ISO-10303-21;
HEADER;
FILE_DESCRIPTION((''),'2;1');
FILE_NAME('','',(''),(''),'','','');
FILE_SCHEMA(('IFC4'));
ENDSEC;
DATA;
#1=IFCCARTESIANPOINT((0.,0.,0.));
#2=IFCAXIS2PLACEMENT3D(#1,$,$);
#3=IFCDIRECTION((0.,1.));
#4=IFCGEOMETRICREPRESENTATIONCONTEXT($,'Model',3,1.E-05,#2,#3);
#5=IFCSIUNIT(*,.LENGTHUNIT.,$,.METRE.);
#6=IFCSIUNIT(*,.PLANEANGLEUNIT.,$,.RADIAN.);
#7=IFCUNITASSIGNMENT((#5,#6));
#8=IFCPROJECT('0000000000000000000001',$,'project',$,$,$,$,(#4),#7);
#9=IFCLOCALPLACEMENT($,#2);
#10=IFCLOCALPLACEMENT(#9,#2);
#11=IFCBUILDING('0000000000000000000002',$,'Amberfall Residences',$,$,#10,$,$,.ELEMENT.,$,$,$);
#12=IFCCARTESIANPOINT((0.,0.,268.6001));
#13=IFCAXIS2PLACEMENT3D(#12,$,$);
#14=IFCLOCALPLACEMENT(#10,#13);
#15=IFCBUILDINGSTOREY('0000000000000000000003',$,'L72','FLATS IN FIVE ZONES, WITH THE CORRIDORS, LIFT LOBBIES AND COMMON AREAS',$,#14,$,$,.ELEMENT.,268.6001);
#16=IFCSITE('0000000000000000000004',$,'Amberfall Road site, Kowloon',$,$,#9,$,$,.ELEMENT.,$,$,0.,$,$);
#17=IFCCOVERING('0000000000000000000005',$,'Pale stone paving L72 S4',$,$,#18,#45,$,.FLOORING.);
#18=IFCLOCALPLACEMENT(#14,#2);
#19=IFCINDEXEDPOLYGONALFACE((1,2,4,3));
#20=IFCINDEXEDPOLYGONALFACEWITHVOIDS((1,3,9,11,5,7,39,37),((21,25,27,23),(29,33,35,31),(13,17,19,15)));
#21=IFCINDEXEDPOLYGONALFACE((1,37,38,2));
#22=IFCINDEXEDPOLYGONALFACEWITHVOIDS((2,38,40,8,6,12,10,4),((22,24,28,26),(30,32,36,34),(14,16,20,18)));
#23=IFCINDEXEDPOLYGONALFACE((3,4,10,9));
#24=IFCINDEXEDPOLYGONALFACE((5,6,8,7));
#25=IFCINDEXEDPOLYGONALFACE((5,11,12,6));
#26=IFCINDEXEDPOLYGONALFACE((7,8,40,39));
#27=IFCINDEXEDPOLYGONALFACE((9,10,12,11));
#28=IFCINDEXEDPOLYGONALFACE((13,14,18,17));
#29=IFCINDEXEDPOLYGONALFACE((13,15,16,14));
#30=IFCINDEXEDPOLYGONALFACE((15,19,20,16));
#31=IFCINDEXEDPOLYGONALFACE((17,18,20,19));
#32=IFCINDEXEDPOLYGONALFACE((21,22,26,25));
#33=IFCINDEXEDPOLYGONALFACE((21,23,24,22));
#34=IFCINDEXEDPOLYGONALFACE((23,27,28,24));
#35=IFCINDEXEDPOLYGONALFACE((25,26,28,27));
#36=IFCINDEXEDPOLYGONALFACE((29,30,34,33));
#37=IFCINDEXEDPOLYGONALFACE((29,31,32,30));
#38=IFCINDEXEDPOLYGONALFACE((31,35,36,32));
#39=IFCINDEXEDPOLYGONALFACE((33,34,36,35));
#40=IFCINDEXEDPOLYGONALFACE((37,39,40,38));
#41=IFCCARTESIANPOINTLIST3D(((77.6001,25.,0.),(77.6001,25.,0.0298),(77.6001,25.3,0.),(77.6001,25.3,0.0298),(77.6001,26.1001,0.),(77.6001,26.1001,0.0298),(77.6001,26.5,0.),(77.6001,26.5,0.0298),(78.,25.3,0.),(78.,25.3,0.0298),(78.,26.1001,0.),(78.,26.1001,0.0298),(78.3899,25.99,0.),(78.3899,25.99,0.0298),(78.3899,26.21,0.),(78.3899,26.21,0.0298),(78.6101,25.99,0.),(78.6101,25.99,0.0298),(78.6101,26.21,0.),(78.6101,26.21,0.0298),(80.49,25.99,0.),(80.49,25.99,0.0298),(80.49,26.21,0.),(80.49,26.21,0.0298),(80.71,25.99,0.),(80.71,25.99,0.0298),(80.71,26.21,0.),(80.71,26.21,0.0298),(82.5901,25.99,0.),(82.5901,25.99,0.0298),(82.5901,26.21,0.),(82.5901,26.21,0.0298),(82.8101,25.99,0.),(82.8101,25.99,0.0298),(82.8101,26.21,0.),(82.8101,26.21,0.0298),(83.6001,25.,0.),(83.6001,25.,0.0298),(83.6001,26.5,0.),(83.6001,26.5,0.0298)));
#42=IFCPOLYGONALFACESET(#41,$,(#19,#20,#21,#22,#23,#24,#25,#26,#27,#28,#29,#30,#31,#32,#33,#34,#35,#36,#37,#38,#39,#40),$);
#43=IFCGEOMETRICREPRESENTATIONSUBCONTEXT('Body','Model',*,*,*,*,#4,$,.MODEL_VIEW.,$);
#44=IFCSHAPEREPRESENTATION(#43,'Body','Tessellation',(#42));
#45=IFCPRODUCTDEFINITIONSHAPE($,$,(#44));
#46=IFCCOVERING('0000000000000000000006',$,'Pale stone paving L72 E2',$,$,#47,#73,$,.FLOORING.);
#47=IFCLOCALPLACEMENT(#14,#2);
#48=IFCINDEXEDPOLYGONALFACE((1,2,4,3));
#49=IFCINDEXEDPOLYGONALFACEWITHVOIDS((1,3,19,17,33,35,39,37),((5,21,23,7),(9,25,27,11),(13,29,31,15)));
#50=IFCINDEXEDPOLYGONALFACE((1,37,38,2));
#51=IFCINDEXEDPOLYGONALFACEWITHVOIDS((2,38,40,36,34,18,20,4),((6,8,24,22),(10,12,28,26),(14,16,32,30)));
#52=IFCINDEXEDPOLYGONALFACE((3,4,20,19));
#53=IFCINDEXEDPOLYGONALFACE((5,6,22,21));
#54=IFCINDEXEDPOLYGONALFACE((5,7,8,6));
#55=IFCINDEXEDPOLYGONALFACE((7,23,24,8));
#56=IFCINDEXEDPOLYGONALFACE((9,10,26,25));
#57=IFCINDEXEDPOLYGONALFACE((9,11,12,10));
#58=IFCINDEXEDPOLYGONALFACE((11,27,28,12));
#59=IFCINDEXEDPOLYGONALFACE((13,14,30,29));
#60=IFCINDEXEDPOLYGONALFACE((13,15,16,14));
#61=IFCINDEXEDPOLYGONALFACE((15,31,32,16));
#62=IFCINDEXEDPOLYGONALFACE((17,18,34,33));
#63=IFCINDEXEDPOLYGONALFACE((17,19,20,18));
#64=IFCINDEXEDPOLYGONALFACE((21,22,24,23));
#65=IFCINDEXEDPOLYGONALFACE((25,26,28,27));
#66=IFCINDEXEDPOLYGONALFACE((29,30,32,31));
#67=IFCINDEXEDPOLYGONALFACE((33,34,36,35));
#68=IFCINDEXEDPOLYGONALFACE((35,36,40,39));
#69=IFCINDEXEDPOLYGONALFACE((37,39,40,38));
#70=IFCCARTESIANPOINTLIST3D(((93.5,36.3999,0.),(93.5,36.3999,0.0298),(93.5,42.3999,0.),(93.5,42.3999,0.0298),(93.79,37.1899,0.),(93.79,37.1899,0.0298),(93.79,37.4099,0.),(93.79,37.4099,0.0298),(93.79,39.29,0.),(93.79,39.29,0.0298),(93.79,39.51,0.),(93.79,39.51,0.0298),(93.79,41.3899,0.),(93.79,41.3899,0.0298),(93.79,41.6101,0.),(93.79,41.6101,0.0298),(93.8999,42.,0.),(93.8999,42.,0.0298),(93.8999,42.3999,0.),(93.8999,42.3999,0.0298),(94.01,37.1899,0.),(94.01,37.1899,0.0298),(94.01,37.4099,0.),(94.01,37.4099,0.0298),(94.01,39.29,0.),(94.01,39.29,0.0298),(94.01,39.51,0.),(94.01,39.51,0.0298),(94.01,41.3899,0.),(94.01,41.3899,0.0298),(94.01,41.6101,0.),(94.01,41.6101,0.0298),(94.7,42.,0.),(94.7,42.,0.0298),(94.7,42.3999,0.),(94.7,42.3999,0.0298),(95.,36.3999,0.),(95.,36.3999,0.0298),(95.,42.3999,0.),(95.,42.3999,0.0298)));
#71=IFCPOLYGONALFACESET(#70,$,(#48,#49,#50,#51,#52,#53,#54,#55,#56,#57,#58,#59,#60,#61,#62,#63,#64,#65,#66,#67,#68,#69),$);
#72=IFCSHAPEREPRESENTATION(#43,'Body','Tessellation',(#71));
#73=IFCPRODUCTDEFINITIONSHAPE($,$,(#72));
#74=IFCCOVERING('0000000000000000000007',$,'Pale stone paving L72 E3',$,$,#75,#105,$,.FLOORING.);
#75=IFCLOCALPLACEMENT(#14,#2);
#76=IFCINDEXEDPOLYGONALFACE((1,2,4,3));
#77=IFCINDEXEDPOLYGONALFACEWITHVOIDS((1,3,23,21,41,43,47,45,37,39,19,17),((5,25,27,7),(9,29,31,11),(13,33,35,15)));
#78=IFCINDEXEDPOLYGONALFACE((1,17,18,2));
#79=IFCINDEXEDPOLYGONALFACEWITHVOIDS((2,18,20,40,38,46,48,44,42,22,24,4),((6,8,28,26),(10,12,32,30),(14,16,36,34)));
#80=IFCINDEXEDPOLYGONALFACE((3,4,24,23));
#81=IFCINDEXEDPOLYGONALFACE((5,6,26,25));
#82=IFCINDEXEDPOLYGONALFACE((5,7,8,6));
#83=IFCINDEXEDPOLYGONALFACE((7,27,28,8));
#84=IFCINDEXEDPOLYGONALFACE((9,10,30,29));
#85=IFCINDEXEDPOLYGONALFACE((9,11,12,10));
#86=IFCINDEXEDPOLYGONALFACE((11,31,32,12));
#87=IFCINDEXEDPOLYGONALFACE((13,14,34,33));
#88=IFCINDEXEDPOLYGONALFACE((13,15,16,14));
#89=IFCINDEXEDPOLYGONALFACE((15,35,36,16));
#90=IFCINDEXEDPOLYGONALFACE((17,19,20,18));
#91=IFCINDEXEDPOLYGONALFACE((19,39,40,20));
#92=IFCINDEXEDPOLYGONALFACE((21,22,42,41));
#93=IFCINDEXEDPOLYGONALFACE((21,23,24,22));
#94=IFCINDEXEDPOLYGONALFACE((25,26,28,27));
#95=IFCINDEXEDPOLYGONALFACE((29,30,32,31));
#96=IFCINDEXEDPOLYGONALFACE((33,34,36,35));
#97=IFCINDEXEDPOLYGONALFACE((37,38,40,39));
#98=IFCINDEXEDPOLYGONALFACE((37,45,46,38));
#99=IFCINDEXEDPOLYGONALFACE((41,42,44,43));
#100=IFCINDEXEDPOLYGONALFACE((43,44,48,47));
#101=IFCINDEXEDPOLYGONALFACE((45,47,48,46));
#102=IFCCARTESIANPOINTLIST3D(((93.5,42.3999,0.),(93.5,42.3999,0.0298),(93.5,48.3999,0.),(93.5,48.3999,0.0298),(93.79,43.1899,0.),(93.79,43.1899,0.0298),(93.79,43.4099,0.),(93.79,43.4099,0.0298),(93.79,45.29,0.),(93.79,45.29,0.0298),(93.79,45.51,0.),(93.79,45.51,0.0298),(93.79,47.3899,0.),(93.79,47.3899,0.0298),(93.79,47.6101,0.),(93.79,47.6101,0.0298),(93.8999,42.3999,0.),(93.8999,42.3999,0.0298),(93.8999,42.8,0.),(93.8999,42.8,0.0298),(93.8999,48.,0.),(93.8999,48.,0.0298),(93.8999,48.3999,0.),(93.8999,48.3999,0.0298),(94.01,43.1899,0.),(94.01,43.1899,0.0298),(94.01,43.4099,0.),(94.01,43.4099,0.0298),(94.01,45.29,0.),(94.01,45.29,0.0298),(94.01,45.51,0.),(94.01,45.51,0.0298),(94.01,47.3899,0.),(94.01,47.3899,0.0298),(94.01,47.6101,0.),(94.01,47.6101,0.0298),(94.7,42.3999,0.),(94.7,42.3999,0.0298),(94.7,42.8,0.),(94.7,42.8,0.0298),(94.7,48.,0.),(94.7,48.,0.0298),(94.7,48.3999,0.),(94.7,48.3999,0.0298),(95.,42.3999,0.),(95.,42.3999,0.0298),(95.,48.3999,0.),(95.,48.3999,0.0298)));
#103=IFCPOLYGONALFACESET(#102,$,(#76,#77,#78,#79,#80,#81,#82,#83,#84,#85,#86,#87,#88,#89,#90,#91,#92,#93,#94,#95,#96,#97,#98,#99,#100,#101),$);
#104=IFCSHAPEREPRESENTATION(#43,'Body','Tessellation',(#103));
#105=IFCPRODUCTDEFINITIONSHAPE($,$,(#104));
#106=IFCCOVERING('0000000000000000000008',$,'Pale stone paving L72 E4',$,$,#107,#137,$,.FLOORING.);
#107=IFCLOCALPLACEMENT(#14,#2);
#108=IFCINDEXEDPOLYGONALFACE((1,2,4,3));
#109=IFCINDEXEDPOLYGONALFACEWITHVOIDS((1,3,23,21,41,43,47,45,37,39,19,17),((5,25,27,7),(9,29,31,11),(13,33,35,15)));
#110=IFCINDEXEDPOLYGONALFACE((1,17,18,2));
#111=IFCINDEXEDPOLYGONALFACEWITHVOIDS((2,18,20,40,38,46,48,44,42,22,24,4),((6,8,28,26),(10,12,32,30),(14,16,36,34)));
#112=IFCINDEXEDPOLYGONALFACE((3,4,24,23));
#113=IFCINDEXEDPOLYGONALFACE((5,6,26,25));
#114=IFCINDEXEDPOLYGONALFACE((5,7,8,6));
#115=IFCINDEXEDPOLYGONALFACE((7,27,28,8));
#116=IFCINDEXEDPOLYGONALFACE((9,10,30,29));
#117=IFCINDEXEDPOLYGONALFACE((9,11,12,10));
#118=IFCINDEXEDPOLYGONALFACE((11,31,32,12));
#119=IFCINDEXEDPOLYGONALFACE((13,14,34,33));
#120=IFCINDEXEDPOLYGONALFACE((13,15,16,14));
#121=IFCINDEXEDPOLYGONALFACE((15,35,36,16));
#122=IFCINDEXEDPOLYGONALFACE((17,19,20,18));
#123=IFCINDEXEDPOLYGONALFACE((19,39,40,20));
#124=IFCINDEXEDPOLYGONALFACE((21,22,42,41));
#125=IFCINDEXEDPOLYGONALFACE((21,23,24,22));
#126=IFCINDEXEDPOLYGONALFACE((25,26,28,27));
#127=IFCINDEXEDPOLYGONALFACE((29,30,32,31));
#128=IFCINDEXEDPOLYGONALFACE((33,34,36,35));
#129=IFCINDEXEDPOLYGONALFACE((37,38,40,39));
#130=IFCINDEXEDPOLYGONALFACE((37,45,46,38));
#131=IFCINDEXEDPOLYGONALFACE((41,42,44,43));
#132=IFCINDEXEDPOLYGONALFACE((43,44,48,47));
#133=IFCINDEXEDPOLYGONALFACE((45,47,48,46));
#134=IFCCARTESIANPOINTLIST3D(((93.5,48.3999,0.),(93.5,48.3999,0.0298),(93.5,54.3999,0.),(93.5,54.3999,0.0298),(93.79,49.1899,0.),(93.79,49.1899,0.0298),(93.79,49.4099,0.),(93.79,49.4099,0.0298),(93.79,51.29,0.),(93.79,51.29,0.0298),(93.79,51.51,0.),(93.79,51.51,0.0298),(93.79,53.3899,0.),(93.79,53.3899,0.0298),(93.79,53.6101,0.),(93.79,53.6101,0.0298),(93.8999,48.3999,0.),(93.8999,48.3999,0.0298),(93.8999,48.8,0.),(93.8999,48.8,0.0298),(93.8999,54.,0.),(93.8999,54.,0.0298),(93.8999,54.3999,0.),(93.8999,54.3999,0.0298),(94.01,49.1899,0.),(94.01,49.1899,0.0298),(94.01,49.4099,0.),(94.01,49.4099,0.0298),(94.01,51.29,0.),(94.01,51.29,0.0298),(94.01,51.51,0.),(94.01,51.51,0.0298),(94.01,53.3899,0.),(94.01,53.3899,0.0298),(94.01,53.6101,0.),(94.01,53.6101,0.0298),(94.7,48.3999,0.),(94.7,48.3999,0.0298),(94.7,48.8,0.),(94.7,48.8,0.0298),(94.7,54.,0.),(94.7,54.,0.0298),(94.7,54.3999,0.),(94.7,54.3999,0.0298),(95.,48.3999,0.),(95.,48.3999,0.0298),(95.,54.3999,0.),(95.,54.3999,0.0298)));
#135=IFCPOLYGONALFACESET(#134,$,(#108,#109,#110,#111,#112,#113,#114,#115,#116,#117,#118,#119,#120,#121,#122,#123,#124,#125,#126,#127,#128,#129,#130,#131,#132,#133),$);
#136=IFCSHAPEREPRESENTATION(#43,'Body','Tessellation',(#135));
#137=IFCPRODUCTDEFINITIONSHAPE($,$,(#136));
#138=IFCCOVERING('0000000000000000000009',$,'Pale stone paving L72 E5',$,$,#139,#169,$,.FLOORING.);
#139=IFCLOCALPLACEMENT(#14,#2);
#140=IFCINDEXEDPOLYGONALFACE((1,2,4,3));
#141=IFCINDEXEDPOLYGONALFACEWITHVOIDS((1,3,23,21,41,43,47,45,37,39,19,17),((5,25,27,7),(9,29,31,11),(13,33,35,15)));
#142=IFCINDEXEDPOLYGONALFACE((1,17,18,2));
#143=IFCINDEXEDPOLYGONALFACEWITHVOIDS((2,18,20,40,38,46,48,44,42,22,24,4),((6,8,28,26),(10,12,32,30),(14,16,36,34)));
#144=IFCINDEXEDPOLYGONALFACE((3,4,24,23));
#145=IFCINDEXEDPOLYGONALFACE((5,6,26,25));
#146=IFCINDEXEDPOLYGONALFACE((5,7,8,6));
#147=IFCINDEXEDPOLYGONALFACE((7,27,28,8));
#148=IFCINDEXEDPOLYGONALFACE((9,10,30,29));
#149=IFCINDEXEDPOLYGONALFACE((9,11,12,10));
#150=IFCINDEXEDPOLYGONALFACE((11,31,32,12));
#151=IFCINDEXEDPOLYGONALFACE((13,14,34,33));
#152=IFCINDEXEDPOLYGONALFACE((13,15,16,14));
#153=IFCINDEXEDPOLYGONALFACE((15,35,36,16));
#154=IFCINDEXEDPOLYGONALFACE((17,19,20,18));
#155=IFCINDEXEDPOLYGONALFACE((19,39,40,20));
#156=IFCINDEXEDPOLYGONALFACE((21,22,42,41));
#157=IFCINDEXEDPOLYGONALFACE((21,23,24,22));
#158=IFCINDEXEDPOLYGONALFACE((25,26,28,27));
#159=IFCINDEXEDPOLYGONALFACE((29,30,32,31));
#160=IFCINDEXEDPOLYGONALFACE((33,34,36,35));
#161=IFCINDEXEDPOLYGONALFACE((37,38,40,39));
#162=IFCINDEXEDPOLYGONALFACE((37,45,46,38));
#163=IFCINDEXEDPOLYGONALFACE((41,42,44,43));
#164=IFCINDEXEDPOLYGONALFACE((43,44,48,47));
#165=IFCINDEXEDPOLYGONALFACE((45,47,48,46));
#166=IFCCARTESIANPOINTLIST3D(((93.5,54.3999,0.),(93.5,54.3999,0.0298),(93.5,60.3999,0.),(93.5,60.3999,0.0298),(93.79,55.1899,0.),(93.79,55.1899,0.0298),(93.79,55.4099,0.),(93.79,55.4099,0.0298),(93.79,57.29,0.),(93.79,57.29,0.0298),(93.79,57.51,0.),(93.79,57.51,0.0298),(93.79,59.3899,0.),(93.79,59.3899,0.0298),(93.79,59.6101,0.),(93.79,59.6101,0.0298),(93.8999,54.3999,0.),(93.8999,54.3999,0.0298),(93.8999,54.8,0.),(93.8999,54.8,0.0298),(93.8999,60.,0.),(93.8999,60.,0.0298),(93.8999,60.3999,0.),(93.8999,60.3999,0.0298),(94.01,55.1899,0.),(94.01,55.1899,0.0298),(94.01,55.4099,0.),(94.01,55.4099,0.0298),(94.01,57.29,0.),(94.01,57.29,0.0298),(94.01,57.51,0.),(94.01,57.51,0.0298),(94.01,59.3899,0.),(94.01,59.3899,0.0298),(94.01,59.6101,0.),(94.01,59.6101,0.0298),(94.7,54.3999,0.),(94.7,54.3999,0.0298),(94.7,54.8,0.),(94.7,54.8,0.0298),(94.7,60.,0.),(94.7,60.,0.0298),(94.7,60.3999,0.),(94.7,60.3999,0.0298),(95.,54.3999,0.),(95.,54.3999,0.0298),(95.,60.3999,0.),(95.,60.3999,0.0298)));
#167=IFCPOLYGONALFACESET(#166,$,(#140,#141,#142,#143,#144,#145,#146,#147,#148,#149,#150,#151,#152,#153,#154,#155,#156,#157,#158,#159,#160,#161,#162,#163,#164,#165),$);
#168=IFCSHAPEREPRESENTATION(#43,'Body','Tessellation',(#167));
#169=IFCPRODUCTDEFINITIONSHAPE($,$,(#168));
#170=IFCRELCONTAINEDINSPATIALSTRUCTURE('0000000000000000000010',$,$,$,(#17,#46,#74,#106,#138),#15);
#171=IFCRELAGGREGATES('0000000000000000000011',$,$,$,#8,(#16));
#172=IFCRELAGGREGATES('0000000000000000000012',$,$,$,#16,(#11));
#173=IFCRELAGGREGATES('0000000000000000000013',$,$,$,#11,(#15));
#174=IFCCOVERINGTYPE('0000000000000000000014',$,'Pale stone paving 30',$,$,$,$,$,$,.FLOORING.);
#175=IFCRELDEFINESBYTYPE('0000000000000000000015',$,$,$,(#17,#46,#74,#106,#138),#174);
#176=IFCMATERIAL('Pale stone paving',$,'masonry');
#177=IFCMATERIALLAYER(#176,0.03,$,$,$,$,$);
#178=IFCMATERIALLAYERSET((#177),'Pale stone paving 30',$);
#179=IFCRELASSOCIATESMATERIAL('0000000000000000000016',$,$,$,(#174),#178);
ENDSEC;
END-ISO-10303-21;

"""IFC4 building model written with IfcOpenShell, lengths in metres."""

from ifc_helpers import new_model, si_unit, direction, frame, origin, place, context, subcontext, project, spatial, polyline, outline, extrude, material, layer, layer_set, type_object, element, save


model = new_model("IFC4")

# Units and contexts
model_context = context("Model", 3, precision=1e-05, world=origin(), true_north=direction((0.0, 1.0)))
body_context = subcontext(model_context, "Body", "Model", "MODEL_VIEW")
ifc_project = project(units=[si_unit("LENGTHUNIT", "METRE"), si_unit("PLANEANGLEUNIT", "RADIAN")], contexts=[model_context])

# Site, building, storey
site_placement = place(None, origin())
site = spatial("IfcSite", under=ifc_project, at=site_placement, Name="Amberfall Road site, Kowloon", CompositionType="ELEMENT", RefElevation=0.0)
building_placement = place(site_placement, origin())
building = spatial("IfcBuilding", under=site, at=building_placement, Name="Amberfall Residences", CompositionType="ELEMENT")
storey_placement = place(building_placement, frame((0.0, 0.0, 268.6001)))
storey = spatial("IfcBuildingStorey", under=building, at=storey_placement, Name="L72", Description="FLATS IN FIVE ZONES, WITH THE CORRIDORS, LIFT LOBBIES AND COMMON AREAS", CompositionType="ELEMENT", Elevation=268.6001)

# Coverings
ifc_material_1 = material(Name="Pale stone paving", Category="masonry")
ifc_layer_1 = layer(ifc_material_1, 0.03)
ifc_layer_set_1 = layer_set([ifc_layer_1], Name="Pale stone paving 30")
covering_type_1 = type_object("IfcCoveringType", Name="Pale stone paving 30", PredefinedType="FLOORING", material=ifc_layer_set_1)
covering_1_placement = place(storey_placement, origin())
element("IfcCovering", 1, at=covering_1_placement, inside=storey, type_object=covering_type_1, Name="Pale stone paving L72 S4", PredefinedType="FLOORING", context=body_context, shape_type="SweptSolid", body=[
    extrude(outline(polyline([(77.6001, 26.5), (77.6001, 26.1001), (78.0, 26.1001), (78.0, 25.3), (77.6001, 25.3), (77.6001, 25.0), (83.6001, 25.0), (83.6001, 26.5), (77.6001, 26.5)]), holes=[polyline([(78.3899, 25.99), (78.6101, 25.99), (78.6101, 26.21), (78.3899, 26.21), (78.3899, 25.99)]), polyline([(80.49, 25.99), (80.71, 25.99), (80.71, 26.21), (80.49, 26.21), (80.49, 25.99)]), polyline([(82.5901, 25.99), (82.8101, 25.99), (82.8101, 26.21), (82.5901, 26.21), (82.5901, 25.99)])]), origin(), (0.0, 0.0, 1.0), 0.0298),
])
covering_2_placement = place(storey_placement, origin())
element("IfcCovering", 2, at=covering_2_placement, inside=storey, type_object=covering_type_1, Name="Pale stone paving L72 E2", PredefinedType="FLOORING", context=body_context, shape_type="SweptSolid", body=[
    extrude(outline(polyline([(95.0, 42.3999), (94.7, 42.3999), (94.7, 42.0), (93.8999, 42.0), (93.8999, 42.3999), (93.5, 42.3999), (93.5, 36.3999), (95.0, 36.3999), (95.0, 42.3999)]), holes=[polyline([(93.79, 37.1899), (94.01, 37.1899), (94.01, 37.4099), (93.79, 37.4099), (93.79, 37.1899)]), polyline([(93.79, 39.29), (94.01, 39.29), (94.01, 39.51), (93.79, 39.51), (93.79, 39.29)]), polyline([(93.79, 41.3899), (94.01, 41.3899), (94.01, 41.6101), (93.79, 41.6101), (93.79, 41.3899)])]), origin(), (0.0, 0.0, 1.0), 0.0298),
])
covering_3_placement = place(storey_placement, origin())
element("IfcCovering", 3, at=covering_3_placement, inside=storey, type_object=covering_type_1, Name="Pale stone paving L72 E3", PredefinedType="FLOORING", context=body_context, shape_type="SweptSolid", body=[
    extrude(outline(polyline([(95.0, 48.3999), (94.7, 48.3999), (94.7, 48.0), (93.8999, 48.0), (93.8999, 48.3999), (93.5, 48.3999), (93.5, 42.3999), (93.8999, 42.3999), (93.8999, 42.8), (94.7, 42.8), (94.7, 42.3999), (95.0, 42.3999), (95.0, 48.3999)]), holes=[polyline([(93.79, 43.1899), (94.01, 43.1899), (94.01, 43.4099), (93.79, 43.4099), (93.79, 43.1899)]), polyline([(93.79, 45.29), (94.01, 45.29), (94.01, 45.51), (93.79, 45.51), (93.79, 45.29)]), polyline([(93.79, 47.3899), (94.01, 47.3899), (94.01, 47.6101), (93.79, 47.6101), (93.79, 47.3899)])]), origin(), (0.0, 0.0, 1.0), 0.0298),
])
covering_4_placement = place(storey_placement, origin())
element("IfcCovering", 4, at=covering_4_placement, inside=storey, type_object=covering_type_1, Name="Pale stone paving L72 E4", PredefinedType="FLOORING", context=body_context, shape_type="SweptSolid", body=[
    extrude(outline(polyline([(95.0, 54.3999), (94.7, 54.3999), (94.7, 54.0), (93.8999, 54.0), (93.8999, 54.3999), (93.5, 54.3999), (93.5, 48.3999), (93.8999, 48.3999), (93.8999, 48.8), (94.7, 48.8), (94.7, 48.3999), (95.0, 48.3999), (95.0, 54.3999)]), holes=[polyline([(93.79, 49.1899), (94.01, 49.1899), (94.01, 49.4099), (93.79, 49.4099), (93.79, 49.1899)]), polyline([(93.79, 51.29), (94.01, 51.29), (94.01, 51.51), (93.79, 51.51), (93.79, 51.29)]), polyline([(93.79, 53.3899), (94.01, 53.3899), (94.01, 53.6101), (93.79, 53.6101), (93.79, 53.3899)])]), origin(), (0.0, 0.0, 1.0), 0.0298),
])
covering_5_placement = place(storey_placement, origin())
element("IfcCovering", 5, at=covering_5_placement, inside=storey, type_object=covering_type_1, Name="Pale stone paving L72 E5", PredefinedType="FLOORING", context=body_context, shape_type="SweptSolid", body=[
    extrude(outline(polyline([(95.0, 60.3999), (94.7, 60.3999), (94.7, 60.0), (93.8999, 60.0), (93.8999, 60.3999), (93.5, 60.3999), (93.5, 54.3999), (93.8999, 54.3999), (93.8999, 54.8), (94.7, 54.8), (94.7, 54.3999), (95.0, 54.3999), (95.0, 60.3999)]), holes=[polyline([(93.79, 55.1899), (94.01, 55.1899), (94.01, 55.4099), (93.79, 55.4099), (93.79, 55.1899)]), polyline([(93.79, 57.29), (94.01, 57.29), (94.01, 57.51), (93.79, 57.51), (93.79, 57.29)]), polyline([(93.79, 59.3899), (94.01, 59.3899), (94.01, 59.6101), (93.79, 59.6101), (93.79, 59.3899)])]), origin(), (0.0, 0.0, 1.0), 0.0298),
])

save(model, "model.ifc")
